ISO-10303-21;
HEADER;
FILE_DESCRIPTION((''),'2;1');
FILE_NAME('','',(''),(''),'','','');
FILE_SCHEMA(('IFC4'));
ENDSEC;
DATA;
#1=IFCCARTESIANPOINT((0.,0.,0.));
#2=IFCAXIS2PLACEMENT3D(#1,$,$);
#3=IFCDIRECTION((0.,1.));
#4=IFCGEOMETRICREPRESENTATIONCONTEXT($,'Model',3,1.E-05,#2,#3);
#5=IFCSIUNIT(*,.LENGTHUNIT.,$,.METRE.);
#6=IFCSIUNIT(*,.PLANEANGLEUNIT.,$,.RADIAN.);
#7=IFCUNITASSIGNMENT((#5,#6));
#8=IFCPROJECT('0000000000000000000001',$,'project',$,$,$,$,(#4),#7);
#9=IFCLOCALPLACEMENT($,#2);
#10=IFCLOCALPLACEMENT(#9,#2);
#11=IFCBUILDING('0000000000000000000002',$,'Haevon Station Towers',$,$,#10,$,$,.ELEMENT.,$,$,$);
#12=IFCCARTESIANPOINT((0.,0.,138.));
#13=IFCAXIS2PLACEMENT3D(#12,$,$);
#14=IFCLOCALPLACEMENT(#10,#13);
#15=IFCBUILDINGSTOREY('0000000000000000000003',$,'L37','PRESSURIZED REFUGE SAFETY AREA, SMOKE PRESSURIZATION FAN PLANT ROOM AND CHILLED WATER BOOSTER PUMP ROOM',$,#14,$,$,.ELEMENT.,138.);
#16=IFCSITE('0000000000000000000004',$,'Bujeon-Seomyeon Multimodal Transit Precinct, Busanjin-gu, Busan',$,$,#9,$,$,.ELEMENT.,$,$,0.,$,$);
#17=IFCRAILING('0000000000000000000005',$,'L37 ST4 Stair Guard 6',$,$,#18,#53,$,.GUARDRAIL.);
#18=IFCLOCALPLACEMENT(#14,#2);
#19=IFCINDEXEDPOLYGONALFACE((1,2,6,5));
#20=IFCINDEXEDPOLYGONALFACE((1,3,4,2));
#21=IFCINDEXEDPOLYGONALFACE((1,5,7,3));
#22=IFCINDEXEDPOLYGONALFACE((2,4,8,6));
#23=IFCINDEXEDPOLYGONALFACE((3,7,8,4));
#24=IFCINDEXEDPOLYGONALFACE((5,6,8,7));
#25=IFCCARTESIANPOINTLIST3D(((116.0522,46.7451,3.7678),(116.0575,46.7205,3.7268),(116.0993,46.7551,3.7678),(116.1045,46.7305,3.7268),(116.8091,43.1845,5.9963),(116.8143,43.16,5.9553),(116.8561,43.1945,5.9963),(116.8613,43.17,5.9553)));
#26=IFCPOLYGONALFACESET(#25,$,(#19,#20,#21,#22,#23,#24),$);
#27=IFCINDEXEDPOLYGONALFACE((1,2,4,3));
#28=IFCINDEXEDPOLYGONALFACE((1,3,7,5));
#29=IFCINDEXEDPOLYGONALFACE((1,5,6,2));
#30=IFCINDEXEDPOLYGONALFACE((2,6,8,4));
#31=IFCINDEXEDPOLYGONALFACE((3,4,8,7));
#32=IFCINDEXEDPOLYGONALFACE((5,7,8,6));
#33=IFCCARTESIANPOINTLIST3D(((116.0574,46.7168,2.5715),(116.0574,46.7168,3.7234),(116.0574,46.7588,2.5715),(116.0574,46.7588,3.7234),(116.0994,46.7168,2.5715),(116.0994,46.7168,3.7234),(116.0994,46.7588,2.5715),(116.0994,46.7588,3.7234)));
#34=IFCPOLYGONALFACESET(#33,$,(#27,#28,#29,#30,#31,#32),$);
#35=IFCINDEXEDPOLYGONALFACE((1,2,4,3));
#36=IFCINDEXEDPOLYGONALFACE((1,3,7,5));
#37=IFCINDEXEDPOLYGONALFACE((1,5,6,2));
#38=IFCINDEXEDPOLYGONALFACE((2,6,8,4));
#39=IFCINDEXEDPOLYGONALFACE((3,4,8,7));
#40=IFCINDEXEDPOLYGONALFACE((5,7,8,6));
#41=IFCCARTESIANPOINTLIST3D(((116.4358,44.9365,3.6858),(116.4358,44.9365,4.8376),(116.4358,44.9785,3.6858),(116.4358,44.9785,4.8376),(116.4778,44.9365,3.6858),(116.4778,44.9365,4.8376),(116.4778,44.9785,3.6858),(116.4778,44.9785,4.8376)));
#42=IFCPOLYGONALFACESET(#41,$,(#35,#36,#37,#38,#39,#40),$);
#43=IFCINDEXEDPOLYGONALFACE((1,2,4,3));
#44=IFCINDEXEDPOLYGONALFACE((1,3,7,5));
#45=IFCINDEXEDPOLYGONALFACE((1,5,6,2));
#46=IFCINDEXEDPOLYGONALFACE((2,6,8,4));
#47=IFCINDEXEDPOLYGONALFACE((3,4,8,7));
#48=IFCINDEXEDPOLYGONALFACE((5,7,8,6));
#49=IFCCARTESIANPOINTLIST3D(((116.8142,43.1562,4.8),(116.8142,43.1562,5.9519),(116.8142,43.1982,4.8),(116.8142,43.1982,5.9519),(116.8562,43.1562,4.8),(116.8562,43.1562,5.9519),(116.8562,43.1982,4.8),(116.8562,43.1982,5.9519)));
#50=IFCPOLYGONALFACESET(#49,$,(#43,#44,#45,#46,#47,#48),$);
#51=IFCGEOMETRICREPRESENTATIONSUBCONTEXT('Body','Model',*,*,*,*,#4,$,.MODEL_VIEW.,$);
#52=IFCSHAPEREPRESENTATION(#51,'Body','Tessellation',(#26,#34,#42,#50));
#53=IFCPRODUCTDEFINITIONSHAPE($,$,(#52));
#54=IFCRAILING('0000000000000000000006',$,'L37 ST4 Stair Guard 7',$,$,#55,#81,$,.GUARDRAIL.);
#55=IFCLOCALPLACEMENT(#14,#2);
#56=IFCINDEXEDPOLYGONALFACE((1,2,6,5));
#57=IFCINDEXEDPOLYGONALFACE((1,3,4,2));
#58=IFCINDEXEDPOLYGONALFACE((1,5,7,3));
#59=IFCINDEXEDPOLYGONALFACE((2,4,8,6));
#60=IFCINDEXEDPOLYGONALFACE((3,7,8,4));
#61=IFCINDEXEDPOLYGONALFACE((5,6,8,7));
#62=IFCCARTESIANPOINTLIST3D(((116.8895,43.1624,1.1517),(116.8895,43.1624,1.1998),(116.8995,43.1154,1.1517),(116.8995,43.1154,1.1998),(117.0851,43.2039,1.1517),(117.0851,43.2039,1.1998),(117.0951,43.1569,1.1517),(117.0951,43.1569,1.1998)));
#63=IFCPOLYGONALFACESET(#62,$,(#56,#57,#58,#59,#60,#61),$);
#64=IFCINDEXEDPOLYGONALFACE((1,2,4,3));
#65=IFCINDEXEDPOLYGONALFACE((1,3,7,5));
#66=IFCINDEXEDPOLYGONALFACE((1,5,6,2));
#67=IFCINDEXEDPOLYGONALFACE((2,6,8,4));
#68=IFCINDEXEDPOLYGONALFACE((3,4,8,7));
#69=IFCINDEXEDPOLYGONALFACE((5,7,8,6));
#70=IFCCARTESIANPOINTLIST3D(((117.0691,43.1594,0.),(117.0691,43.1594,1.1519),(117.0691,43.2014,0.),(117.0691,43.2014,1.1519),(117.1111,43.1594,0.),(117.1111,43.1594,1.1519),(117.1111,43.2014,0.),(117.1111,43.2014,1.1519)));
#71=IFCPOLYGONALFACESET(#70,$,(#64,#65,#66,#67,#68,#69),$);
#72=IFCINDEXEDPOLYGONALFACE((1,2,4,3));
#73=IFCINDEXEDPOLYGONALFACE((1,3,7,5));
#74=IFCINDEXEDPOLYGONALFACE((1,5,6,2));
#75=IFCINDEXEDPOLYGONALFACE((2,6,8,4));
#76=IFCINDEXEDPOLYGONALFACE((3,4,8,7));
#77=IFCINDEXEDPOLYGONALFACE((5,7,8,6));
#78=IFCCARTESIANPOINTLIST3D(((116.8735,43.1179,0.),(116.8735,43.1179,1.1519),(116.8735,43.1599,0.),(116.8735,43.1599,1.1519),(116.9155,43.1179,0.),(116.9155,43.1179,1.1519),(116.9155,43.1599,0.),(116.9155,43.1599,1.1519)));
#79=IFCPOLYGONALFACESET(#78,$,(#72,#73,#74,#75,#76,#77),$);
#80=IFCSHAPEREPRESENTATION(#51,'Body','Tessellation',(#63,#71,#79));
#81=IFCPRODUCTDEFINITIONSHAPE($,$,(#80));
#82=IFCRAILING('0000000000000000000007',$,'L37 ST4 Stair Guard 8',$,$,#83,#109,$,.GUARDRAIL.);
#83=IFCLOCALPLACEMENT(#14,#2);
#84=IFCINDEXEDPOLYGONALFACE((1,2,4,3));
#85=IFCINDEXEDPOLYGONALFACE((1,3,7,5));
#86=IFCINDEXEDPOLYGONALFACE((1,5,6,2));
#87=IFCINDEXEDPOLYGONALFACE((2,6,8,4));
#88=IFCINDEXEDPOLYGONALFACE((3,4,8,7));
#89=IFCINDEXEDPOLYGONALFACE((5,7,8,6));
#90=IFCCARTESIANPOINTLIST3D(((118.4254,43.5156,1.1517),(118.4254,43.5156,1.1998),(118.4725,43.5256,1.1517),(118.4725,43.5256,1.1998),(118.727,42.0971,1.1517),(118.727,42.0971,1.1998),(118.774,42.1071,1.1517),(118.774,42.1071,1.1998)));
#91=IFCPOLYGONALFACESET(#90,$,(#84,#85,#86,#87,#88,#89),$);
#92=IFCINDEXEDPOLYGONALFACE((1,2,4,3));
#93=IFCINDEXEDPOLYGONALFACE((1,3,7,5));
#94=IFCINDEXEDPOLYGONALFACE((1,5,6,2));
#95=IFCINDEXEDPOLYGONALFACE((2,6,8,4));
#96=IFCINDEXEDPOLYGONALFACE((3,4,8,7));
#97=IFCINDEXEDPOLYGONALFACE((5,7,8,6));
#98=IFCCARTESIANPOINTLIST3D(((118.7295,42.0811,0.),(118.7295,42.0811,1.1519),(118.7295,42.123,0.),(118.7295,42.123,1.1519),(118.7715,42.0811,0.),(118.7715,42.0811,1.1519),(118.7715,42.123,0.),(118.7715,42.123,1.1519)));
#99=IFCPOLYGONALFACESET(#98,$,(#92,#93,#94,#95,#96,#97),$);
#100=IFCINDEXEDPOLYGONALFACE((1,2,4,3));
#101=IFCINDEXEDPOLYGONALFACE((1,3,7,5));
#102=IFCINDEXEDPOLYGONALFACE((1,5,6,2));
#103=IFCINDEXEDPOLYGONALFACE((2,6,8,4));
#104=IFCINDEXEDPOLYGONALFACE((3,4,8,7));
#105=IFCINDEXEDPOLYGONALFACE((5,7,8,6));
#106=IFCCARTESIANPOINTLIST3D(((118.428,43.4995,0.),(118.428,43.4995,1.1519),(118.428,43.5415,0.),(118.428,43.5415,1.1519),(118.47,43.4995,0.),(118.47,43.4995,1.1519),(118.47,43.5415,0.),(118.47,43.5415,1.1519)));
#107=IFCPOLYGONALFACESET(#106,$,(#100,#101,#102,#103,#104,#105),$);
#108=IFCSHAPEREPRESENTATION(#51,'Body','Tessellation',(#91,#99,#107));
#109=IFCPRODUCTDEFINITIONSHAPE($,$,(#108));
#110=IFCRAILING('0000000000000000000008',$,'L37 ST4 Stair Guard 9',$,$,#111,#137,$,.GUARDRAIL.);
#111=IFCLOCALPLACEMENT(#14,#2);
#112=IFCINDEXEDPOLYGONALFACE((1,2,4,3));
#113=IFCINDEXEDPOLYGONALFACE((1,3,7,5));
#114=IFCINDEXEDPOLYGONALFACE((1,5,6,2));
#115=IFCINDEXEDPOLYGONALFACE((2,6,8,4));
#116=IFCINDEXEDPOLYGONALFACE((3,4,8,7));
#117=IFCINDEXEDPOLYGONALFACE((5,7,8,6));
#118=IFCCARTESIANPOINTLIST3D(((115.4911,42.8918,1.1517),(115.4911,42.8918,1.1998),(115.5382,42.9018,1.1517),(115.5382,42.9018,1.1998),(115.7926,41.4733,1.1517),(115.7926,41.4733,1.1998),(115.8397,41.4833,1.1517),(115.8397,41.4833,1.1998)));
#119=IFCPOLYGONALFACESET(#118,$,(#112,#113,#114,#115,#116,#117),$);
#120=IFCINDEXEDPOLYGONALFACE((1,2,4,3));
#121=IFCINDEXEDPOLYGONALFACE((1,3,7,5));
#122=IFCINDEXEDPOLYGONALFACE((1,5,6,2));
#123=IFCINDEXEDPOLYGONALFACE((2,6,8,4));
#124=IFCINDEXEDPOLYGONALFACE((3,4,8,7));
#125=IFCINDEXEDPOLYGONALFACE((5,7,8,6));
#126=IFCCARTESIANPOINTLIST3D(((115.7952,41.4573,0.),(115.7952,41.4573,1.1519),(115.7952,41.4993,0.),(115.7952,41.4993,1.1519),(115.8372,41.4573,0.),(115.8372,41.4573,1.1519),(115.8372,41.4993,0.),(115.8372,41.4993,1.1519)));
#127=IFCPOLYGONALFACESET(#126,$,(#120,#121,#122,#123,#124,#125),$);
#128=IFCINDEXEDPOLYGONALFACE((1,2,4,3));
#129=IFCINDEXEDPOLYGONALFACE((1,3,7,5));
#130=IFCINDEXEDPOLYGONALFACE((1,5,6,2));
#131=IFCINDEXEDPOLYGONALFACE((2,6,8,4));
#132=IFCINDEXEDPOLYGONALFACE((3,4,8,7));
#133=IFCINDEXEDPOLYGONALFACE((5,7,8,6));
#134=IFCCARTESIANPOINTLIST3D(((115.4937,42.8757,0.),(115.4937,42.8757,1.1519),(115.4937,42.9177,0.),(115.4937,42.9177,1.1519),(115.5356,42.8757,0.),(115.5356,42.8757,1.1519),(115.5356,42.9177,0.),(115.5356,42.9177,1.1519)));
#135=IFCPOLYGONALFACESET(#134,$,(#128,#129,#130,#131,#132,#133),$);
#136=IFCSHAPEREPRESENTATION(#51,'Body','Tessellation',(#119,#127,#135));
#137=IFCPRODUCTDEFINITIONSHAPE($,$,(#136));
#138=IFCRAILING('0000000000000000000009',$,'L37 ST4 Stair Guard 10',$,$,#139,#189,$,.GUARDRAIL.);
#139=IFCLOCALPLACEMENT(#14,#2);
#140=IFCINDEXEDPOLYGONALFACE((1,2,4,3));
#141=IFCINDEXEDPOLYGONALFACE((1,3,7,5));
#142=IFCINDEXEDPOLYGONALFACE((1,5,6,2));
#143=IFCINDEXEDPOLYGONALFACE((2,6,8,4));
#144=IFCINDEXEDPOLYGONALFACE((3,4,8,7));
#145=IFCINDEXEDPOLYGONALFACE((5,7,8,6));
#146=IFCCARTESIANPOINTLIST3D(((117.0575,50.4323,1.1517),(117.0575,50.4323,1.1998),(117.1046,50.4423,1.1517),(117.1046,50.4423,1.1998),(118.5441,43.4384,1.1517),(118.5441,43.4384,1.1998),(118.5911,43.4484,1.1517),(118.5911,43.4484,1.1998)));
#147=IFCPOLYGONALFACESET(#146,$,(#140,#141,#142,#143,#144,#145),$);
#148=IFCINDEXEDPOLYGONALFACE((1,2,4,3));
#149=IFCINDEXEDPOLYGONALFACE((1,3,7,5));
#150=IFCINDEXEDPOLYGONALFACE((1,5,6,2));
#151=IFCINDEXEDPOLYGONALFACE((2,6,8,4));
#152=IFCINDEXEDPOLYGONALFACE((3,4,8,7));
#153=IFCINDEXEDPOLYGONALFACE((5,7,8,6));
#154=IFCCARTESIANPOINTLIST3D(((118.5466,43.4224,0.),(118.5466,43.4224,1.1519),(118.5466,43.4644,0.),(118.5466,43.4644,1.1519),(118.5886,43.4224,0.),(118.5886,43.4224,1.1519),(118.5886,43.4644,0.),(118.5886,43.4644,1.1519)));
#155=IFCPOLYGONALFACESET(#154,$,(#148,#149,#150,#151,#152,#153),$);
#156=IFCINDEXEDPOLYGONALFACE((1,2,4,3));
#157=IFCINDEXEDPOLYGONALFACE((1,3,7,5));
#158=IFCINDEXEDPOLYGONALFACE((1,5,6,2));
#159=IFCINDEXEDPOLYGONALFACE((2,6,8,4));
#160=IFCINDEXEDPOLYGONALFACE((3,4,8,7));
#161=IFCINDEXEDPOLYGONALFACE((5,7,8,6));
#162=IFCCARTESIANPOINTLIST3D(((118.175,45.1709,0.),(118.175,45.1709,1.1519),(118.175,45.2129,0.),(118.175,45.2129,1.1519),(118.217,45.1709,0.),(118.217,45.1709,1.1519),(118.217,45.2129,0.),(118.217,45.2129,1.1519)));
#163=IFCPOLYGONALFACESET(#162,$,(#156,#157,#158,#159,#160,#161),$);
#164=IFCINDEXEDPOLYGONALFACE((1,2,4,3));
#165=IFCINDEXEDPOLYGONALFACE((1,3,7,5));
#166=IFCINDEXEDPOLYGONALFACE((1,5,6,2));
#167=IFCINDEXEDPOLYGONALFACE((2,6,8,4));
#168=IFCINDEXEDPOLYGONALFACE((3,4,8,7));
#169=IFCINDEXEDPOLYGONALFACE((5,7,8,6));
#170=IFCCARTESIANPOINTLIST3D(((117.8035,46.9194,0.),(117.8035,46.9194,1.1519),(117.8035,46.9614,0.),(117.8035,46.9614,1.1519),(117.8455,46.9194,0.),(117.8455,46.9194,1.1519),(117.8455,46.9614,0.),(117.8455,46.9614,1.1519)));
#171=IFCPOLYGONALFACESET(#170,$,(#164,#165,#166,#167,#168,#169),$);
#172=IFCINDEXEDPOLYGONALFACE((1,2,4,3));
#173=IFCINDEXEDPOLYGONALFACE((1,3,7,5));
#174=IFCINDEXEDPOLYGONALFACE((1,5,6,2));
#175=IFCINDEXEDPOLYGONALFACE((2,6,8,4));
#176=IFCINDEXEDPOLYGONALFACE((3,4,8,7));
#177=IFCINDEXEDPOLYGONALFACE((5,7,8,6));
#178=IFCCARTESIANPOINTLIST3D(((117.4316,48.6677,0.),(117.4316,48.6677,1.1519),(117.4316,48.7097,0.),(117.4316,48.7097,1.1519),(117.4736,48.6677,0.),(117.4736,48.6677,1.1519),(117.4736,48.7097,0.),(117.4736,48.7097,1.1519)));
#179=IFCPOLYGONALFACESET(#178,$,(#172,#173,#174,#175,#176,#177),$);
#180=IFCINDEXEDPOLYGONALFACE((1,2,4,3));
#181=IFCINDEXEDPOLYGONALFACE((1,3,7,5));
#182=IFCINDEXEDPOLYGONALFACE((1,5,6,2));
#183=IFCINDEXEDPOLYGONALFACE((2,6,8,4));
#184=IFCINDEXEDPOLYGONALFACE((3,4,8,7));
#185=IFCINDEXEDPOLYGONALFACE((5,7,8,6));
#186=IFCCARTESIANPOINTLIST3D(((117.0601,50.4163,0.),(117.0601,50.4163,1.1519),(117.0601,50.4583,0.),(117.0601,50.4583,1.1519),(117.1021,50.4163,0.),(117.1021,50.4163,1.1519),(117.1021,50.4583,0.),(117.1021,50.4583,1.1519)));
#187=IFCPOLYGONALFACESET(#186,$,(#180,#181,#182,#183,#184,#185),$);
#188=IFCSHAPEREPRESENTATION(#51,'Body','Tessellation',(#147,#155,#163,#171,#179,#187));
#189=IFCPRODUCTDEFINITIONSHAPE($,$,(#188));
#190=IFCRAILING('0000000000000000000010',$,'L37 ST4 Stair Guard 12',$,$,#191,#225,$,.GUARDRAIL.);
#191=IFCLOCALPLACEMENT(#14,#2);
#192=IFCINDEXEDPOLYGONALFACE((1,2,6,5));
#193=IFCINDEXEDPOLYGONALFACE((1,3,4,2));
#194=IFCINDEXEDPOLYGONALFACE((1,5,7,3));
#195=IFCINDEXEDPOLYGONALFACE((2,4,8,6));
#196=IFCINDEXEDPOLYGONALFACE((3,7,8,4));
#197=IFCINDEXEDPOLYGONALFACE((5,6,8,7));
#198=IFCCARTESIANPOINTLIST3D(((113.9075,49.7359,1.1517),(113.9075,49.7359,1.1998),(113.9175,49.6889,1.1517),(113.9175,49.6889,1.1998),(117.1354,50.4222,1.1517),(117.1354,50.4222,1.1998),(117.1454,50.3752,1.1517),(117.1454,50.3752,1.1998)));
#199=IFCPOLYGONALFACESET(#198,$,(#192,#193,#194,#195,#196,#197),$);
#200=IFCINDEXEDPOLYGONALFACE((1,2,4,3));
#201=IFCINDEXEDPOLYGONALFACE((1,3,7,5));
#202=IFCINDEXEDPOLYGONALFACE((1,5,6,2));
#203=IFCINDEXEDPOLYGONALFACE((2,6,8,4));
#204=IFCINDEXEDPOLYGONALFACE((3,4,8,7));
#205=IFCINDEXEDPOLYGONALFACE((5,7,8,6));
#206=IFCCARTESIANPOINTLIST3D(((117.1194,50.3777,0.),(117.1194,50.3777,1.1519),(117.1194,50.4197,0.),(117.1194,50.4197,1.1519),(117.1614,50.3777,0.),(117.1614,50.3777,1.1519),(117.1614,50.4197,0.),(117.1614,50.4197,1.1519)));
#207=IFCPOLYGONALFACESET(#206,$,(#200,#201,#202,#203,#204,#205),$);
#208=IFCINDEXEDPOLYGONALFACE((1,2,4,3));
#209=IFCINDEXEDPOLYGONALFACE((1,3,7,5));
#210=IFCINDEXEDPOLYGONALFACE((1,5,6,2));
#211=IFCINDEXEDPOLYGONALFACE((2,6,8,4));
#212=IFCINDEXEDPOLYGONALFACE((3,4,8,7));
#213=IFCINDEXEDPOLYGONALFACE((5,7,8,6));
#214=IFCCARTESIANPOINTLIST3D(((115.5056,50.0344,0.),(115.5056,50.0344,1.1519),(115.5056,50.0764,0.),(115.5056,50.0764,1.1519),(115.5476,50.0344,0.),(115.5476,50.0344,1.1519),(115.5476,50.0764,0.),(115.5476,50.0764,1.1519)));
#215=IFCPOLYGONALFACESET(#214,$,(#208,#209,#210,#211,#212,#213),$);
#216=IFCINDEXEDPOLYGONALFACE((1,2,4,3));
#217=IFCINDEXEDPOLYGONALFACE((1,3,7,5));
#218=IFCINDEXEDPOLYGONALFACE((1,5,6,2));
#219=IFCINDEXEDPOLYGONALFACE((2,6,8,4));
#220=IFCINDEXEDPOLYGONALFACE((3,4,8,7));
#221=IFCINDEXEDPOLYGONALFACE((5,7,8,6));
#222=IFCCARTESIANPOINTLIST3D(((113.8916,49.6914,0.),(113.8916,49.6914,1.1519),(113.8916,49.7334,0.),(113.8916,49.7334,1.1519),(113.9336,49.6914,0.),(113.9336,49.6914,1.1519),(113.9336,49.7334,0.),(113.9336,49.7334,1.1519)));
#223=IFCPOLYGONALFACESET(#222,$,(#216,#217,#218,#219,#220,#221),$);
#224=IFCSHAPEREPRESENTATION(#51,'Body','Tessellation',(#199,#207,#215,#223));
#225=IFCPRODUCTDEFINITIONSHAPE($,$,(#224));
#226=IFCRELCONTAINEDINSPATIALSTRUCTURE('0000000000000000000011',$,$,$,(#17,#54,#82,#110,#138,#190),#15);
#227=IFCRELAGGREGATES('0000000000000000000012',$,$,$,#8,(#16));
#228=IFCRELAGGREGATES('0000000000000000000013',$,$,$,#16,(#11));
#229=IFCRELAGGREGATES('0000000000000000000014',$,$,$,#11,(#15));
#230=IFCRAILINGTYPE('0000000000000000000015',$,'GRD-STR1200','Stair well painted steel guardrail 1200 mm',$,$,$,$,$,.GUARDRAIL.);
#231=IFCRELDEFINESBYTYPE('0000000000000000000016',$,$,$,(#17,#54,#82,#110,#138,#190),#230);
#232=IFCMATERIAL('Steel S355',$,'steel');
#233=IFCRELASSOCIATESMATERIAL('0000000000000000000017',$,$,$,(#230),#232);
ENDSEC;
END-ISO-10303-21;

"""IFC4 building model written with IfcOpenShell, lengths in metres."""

from ifc_helpers import new_model, si_unit, direction, frame, origin, origin_2d, place, context, subcontext, project, spatial, rectangle, extrude, material, type_object, element, save


model = new_model("IFC4")

# Units and contexts
model_context = context("Model", 3, precision=1e-05, world=origin(), true_north=direction((0.0, 1.0)))
body_context = subcontext(model_context, "Body", "Model", "MODEL_VIEW")
ifc_project = project(units=[si_unit("LENGTHUNIT", "METRE"), si_unit("PLANEANGLEUNIT", "RADIAN")], contexts=[model_context])

# Site, building, storey
site_placement = place(None, origin())
site = spatial("IfcSite", under=ifc_project, at=site_placement, Name="Bujeon-Seomyeon Multimodal Transit Precinct, Busanjin-gu, Busan", CompositionType="ELEMENT", RefElevation=0.0)
building_placement = place(site_placement, origin())
building = spatial("IfcBuilding", under=site, at=building_placement, Name="Haevon Station Towers", CompositionType="ELEMENT")
storey_placement = place(building_placement, frame((0.0, 0.0, 138.0)))
storey = spatial("IfcBuildingStorey", under=building, at=storey_placement, Name="L37", Description="PRESSURIZED REFUGE SAFETY AREA, SMOKE PRESSURIZATION FAN PLANT ROOM AND CHILLED WATER BOOSTER PUMP ROOM", CompositionType="ELEMENT", Elevation=138.0)

# Shared definitions
ifc_material_1 = material(Name="Steel S355", Category="steel")

# Railings
railing_type_1 = type_object("IfcRailingType", Name="GRD-STR1200", Description="Stair well painted steel guardrail 1200 mm", PredefinedType="GUARDRAIL", material=ifc_material_1)
railing_1_placement = place(storey_placement, frame((116.0784, 46.7378, 2.5715)))
element("IfcRailing", 1, at=railing_1_placement, inside=storey, type_object=railing_type_1, Name="L37 ST4 Stair Guard 6", PredefinedType="GUARDRAIL", context=body_context, shape_type="SweptSolid", body=[
    extrude(rectangle(XDim=0.0481, YDim=0.0481, at=origin_2d()), frame((0.0, 0.0, 1.1758), z_axis=(0.177324, -0.834225, 0.522134), x_axis=(0.978147, 0.207917, 0.0)), (0.0, 0.0, 1.0), 4.2681),
    extrude(rectangle(XDim=0.042, YDim=0.042, at=origin_2d()), origin(), (0.0, 0.0, 1.0), 1.1519),
    extrude(rectangle(XDim=0.042, YDim=0.042, at=origin_2d()), frame((0.3784, -1.7803, 1.1143)), (0.0, 0.0, 1.0), 1.1519),
    extrude(rectangle(XDim=0.042, YDim=0.042, at=origin_2d()), frame((0.7568, -3.5605, 2.2285)), (0.0, 0.0, 1.0), 1.1519),
])
railing_2_placement = place(storey_placement, frame((117.0901, 43.1804, 0.0)))
element("IfcRailing", 2, at=railing_2_placement, inside=storey, type_object=railing_type_1, Name="L37 ST4 Stair Guard 7", PredefinedType="GUARDRAIL", context=body_context, shape_type="SweptSolid", body=[
    extrude(rectangle(XDim=0.0481, YDim=0.0481, at=origin_2d()), frame((0.0, 0.0, 1.1758), z_axis=(-0.978212, -0.20761, 0.0), x_axis=(0.20761, -0.978212, 0.0)), (0.0, 0.0, 1.0), 0.2),
    extrude(rectangle(XDim=0.042, YDim=0.042, at=origin_2d()), origin(), (0.0, 0.0, 1.0), 1.1519),
    extrude(rectangle(XDim=0.042, YDim=0.042, at=origin_2d()), frame((-0.1956, -0.0415, 0.0)), (0.0, 0.0, 1.0), 1.1519),
])
for number, where, name in (
    (3, (118.7505, 42.1021, 0.0), "L37 ST4 Stair Guard 8"),
    (4, (115.8162, 41.4783, 0.0), "L37 ST4 Stair Guard 9"),
):
    element("IfcRailing", number, at=place(storey_placement, frame(where)), inside=storey, type_object=railing_type_1, Name=name, PredefinedType="GUARDRAIL", context=body_context, shape_type="SweptSolid", body=[
        extrude(rectangle(XDim=0.0481, YDim=0.0481, at=origin_2d()), frame((0.0, 0.0, 1.1758), z_axis=(-0.207919, 0.978146, 0.0), x_axis=(-0.978146, -0.207919, 0.0)), (0.0, 0.0, 1.0), 1.4502),
        extrude(rectangle(XDim=0.042, YDim=0.042, at=origin_2d()), origin(), (0.0, 0.0, 1.0), 1.1519),
        extrude(rectangle(XDim=0.042, YDim=0.042, at=origin_2d()), frame((-0.3015, 1.4185, 0.0)), (0.0, 0.0, 1.0), 1.1519),
    ])
railing_3_placement = place(storey_placement, frame((118.5676, 43.4434, 0.0)))
element("IfcRailing", 5, at=railing_3_placement, inside=storey, type_object=railing_type_1, Name="L37 ST4 Stair Guard 10", PredefinedType="GUARDRAIL", context=body_context, shape_type="SweptSolid", body=[
    extrude(rectangle(XDim=0.0481, YDim=0.0481, at=origin_2d()), frame((0.0, 0.0, 1.1758), z_axis=(-0.207908, 0.978148, 0.0), x_axis=(-0.978148, -0.207908, 0.0)), (0.0, 0.0, 1.0), 7.1501),
    extrude(rectangle(XDim=0.042, YDim=0.042, at=origin_2d()), origin(), (0.0, 0.0, 1.0), 1.1519),
    extrude(rectangle(XDim=0.042, YDim=0.042, at=origin_2d()), frame((-0.3716, 1.7485, 0.0)), (0.0, 0.0, 1.0), 1.1519),
    extrude(rectangle(XDim=0.042, YDim=0.042, at=origin_2d()), frame((-0.7432, 3.4971, 0.0)), (0.0, 0.0, 1.0), 1.1519),
    extrude(rectangle(XDim=0.042, YDim=0.042, at=origin_2d()), frame((-1.115, 5.2454, 0.0)), (0.0, 0.0, 1.0), 1.1519),
    extrude(rectangle(XDim=0.042, YDim=0.042, at=origin_2d()), frame((-1.4866, 6.9939, 0.0)), (0.0, 0.0, 1.0), 1.1519),
])
railing_4_placement = place(storey_placement, frame((117.1404, 50.3987, 0.0)))
element("IfcRailing", 6, at=railing_4_placement, inside=storey, type_object=railing_type_1, Name="L37 ST4 Stair Guard 12", PredefinedType="GUARDRAIL", context=body_context, shape_type="SweptSolid", body=[
    extrude(rectangle(XDim=0.0481, YDim=0.0481, at=origin_2d()), frame((0.0, 0.0, 1.1758), z_axis=(-0.978136, -0.207968, 0.0), x_axis=(0.207968, -0.978136, 0.0)), (0.0, 0.0, 1.0), 3.3),
    extrude(rectangle(XDim=0.042, YDim=0.042, at=origin_2d()), origin(), (0.0, 0.0, 1.0), 1.1519),
    extrude(rectangle(XDim=0.042, YDim=0.042, at=origin_2d()), frame((-1.6138, -0.3433, 0.0)), (0.0, 0.0, 1.0), 1.1519),
    extrude(rectangle(XDim=0.042, YDim=0.042, at=origin_2d()), frame((-3.2278, -0.6863, 0.0)), (0.0, 0.0, 1.0), 1.1519),
])

save(model, "model.ifc")
